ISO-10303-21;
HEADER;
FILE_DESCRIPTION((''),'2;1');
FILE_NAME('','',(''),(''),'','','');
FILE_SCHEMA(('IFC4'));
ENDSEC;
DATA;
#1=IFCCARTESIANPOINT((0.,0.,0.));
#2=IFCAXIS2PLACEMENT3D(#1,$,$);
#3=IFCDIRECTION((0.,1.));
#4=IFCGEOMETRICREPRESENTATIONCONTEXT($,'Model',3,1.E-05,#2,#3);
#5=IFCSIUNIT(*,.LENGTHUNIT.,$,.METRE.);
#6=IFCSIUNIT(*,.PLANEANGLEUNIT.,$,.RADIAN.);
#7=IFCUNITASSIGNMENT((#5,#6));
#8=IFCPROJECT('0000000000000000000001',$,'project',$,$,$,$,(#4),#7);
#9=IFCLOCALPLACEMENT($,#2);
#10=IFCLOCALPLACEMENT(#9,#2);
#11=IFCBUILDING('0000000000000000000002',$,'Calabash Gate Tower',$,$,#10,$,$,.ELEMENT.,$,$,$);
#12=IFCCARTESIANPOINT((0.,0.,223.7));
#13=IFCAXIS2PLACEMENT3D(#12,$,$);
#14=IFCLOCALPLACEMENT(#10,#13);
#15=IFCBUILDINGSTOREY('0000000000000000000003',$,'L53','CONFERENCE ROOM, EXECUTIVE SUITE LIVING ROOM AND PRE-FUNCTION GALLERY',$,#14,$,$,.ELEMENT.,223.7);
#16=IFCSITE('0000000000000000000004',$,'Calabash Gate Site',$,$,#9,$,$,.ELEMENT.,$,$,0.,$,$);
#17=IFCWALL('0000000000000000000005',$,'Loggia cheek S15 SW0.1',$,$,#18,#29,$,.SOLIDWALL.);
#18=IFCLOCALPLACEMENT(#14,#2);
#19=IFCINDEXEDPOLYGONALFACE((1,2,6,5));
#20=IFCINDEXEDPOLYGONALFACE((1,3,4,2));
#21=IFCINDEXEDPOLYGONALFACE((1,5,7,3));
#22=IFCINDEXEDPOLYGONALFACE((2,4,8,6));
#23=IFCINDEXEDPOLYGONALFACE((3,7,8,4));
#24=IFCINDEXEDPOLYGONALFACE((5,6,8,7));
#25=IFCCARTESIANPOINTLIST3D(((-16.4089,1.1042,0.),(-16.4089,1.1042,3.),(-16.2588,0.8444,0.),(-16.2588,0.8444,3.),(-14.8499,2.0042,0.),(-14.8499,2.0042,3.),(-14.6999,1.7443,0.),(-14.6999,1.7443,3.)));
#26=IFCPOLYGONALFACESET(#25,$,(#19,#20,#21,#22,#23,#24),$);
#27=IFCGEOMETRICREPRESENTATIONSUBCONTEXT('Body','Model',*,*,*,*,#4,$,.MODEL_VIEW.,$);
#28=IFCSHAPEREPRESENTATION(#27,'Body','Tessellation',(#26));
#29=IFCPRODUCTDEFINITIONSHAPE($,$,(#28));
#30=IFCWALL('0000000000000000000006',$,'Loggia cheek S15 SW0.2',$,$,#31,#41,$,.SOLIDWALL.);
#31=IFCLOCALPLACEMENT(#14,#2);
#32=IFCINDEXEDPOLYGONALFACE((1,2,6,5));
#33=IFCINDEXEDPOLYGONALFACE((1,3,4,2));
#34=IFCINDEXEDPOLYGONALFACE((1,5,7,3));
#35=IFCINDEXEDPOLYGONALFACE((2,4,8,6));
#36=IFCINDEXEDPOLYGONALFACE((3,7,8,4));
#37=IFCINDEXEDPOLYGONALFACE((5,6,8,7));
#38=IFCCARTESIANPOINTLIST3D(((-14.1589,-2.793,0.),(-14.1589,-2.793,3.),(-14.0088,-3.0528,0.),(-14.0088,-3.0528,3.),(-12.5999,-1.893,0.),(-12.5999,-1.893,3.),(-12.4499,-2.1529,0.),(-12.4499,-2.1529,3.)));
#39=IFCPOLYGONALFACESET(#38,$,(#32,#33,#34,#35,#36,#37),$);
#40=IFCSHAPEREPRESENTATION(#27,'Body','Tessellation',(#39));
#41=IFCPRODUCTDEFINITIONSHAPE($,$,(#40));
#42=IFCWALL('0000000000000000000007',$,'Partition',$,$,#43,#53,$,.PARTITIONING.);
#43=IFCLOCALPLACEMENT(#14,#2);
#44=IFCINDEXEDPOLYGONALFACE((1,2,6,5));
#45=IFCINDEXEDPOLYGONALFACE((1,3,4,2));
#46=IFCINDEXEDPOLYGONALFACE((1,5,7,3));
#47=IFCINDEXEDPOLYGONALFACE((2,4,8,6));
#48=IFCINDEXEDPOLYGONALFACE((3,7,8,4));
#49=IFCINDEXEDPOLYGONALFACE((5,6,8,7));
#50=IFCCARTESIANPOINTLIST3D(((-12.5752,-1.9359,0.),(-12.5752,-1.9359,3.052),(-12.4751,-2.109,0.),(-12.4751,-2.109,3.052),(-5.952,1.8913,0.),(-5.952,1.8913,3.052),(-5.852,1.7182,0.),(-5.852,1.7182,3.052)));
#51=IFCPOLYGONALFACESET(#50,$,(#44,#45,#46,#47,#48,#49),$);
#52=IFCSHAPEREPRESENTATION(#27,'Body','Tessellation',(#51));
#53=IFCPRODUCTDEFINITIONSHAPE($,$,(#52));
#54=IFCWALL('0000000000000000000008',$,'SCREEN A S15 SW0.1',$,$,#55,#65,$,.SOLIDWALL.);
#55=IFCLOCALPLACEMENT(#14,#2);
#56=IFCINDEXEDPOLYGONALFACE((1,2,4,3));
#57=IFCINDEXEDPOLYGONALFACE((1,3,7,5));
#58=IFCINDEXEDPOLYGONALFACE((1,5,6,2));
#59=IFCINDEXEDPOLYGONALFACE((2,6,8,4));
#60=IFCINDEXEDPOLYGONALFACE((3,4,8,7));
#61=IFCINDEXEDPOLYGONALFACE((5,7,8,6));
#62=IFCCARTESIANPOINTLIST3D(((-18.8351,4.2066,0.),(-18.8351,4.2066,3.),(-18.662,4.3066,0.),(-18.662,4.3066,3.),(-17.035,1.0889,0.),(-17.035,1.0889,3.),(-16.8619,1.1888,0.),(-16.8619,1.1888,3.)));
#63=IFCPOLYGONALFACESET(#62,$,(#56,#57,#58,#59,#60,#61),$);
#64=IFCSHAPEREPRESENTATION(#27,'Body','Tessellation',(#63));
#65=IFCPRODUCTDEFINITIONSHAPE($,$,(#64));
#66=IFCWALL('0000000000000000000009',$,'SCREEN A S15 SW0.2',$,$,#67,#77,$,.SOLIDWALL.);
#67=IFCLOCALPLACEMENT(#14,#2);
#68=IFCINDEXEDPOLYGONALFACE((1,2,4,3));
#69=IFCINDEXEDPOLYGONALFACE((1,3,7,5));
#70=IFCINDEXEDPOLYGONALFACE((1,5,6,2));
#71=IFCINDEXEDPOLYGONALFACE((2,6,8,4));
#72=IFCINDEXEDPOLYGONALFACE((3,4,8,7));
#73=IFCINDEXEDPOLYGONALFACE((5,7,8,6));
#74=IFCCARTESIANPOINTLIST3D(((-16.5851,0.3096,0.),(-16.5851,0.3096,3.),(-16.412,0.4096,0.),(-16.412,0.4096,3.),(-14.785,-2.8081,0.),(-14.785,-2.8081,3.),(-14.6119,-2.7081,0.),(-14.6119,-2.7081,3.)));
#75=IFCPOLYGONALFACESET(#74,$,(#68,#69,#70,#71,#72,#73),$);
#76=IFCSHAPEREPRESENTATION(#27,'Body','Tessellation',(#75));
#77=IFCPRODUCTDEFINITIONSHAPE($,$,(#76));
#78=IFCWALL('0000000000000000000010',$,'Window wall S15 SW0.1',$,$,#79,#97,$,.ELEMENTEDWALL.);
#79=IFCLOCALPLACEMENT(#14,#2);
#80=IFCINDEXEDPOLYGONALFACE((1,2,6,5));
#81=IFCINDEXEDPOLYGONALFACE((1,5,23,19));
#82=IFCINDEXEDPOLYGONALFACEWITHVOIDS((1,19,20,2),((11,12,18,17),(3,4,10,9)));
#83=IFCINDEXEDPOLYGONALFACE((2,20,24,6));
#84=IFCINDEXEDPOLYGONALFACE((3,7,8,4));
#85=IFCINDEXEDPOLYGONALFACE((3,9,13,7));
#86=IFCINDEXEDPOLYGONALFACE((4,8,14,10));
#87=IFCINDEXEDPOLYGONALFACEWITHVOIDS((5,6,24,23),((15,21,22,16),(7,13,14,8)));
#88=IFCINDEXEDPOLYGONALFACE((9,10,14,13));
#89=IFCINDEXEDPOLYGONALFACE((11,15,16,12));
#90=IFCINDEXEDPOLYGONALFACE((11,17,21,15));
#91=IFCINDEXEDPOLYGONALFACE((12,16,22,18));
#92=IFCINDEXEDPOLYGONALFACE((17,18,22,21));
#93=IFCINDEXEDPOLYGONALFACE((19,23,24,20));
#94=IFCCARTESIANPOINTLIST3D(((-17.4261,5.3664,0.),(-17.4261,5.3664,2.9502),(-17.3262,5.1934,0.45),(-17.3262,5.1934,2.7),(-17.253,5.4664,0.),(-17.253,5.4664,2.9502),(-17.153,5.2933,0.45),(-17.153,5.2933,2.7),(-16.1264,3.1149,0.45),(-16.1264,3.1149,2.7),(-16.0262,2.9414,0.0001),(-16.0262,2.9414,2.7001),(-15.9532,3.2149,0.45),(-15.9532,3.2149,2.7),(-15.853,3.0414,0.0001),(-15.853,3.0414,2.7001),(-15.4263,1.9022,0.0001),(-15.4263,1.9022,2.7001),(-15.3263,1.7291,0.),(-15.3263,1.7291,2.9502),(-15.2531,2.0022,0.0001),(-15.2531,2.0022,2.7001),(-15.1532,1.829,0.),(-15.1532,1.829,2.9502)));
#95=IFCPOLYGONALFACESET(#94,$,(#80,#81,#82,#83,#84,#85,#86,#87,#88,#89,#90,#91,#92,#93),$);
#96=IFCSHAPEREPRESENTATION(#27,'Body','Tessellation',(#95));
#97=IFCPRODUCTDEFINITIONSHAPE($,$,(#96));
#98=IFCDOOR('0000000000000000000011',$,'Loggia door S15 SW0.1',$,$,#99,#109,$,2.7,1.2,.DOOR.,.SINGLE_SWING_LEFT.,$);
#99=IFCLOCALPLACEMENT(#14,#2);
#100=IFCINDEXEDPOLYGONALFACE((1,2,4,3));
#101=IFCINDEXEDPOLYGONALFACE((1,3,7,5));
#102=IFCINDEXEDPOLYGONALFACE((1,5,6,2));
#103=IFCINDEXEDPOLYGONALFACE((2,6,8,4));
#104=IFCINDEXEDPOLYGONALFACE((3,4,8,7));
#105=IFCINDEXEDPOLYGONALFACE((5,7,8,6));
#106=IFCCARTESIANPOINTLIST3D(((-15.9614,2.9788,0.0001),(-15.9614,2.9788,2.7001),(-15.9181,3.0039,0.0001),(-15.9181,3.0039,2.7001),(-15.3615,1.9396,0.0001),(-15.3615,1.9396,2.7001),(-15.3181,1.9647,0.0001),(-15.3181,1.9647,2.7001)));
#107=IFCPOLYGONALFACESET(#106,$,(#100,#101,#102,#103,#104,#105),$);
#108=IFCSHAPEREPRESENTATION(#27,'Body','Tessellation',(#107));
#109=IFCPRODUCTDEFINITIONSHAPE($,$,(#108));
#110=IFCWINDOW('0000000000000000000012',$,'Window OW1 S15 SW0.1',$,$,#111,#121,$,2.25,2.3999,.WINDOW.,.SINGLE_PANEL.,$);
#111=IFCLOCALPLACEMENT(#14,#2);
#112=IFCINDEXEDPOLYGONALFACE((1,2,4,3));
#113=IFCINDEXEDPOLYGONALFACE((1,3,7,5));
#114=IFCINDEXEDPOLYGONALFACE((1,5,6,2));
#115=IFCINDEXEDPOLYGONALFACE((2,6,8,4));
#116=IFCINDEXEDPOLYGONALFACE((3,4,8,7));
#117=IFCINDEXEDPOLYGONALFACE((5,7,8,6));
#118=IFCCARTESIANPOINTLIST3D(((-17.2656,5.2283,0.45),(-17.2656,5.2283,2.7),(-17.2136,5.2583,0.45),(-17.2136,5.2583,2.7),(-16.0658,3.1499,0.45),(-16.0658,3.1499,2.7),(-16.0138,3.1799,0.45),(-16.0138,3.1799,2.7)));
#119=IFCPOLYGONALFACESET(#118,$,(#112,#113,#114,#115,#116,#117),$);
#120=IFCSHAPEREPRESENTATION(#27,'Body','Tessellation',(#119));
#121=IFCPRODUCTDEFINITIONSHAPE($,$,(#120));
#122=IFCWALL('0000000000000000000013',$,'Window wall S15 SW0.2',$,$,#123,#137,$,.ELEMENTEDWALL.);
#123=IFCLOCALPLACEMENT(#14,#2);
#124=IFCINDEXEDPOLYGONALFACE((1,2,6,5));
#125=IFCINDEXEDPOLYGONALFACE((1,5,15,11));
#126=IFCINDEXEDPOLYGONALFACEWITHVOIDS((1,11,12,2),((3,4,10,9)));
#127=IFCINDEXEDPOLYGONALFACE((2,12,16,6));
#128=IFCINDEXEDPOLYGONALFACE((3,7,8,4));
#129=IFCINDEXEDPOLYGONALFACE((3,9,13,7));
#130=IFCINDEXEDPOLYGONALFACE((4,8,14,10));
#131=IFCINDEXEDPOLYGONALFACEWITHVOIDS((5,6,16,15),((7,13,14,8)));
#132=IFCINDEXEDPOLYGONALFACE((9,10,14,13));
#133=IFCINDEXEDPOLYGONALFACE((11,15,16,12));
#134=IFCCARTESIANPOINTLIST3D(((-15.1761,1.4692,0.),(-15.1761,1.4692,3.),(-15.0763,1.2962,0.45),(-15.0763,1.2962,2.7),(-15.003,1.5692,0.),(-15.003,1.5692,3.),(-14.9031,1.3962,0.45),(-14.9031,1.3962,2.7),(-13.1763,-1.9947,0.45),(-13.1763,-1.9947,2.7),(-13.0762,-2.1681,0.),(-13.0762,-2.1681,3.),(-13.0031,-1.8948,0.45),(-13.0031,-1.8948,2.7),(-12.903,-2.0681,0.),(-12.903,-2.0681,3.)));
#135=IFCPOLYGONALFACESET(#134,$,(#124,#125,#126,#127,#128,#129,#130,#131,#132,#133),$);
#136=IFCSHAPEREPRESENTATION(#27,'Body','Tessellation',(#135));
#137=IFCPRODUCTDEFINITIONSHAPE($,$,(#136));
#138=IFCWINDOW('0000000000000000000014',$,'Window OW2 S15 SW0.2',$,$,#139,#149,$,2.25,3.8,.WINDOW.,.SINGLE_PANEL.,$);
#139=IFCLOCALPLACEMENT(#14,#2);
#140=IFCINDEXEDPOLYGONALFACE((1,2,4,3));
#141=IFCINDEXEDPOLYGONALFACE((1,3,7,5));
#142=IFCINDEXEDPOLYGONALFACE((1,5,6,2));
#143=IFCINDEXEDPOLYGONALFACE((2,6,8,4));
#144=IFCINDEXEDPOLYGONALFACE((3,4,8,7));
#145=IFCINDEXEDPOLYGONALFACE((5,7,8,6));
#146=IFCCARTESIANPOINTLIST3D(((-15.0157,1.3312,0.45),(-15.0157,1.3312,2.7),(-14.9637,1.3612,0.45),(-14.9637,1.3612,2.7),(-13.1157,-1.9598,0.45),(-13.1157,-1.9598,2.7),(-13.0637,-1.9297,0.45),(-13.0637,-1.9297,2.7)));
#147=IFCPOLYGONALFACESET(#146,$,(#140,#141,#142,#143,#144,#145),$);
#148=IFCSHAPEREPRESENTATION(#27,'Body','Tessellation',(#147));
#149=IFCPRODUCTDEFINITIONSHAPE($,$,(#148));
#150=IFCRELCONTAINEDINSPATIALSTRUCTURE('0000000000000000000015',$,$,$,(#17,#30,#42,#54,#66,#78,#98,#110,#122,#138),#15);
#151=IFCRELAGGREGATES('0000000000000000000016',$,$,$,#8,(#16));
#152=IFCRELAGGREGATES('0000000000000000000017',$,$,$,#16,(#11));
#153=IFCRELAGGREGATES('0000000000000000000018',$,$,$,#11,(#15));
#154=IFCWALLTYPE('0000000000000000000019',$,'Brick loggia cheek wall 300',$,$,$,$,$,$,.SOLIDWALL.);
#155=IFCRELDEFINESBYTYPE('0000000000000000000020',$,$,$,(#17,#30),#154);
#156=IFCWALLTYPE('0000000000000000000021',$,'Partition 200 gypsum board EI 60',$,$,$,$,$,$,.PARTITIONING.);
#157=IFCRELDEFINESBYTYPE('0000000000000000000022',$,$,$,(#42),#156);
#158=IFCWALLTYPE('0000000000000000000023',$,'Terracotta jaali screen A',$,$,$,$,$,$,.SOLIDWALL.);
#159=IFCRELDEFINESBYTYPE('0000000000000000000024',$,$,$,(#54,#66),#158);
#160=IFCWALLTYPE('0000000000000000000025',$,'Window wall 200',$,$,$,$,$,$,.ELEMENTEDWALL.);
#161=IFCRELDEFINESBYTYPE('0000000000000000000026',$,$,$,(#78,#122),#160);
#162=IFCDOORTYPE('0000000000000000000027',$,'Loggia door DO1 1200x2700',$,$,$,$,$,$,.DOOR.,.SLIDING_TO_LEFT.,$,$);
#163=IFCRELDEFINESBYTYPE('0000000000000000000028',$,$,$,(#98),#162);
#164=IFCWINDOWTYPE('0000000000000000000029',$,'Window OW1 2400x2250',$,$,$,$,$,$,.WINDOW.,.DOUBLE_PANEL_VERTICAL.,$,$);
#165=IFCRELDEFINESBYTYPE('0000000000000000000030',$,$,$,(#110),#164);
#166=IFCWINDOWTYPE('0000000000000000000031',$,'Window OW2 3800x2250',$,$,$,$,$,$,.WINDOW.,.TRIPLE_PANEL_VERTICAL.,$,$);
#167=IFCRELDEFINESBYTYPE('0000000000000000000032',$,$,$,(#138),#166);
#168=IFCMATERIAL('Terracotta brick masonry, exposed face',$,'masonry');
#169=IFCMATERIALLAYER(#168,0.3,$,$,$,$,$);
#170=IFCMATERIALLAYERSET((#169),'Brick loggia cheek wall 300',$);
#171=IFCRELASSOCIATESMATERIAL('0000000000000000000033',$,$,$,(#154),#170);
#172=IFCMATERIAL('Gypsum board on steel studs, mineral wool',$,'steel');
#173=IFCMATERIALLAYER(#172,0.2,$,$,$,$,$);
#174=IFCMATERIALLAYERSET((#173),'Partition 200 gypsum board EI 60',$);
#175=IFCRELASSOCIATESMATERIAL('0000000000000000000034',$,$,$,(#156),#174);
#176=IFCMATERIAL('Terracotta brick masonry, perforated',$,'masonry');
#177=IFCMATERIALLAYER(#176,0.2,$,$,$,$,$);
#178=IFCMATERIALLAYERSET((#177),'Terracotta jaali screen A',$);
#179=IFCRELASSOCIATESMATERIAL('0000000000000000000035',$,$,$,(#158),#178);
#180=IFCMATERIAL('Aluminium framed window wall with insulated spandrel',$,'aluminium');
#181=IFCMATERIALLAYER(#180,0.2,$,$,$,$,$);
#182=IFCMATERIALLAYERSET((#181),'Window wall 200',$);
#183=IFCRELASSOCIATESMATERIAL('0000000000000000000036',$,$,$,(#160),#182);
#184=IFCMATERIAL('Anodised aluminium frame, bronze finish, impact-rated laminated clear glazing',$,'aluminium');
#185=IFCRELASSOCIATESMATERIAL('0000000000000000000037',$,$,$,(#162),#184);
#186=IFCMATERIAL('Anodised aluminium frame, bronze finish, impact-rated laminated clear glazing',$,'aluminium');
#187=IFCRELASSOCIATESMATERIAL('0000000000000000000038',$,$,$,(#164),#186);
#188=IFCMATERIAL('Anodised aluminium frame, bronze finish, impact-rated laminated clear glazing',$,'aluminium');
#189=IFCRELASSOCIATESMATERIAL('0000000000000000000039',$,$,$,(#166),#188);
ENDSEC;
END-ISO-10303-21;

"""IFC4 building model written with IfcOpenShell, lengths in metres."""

from ifc_helpers import new_model, si_unit, direction, frame, frame_2d, origin, place, context, subcontext, project, spatial, rectangle, extrude, material, layer, layer_set, type_object, element, fill, save


model = new_model("IFC4")

# Units and contexts
model_context = context("Model", 3, precision=1e-05, world=origin(), true_north=direction((0.0, 1.0)))
body_context = subcontext(model_context, "Body", "Model", "MODEL_VIEW")
ifc_project = project(units=[si_unit("LENGTHUNIT", "METRE"), si_unit("PLANEANGLEUNIT", "RADIAN")], contexts=[model_context])

# Site, building, storey
site_placement = place(None, origin())
site = spatial("IfcSite", under=ifc_project, at=site_placement, Name="Calabash Gate Site", CompositionType="ELEMENT", RefElevation=0.0)
building_placement = place(site_placement, origin())
building = spatial("IfcBuilding", under=site, at=building_placement, Name="Calabash Gate Tower", CompositionType="ELEMENT")
storey_placement = place(building_placement, frame((0.0, 0.0, 223.7)))
storey = spatial("IfcBuildingStorey", under=building, at=storey_placement, Name="L53", Description="CONFERENCE ROOM, EXECUTIVE SUITE LIVING ROOM AND PRE-FUNCTION GALLERY", CompositionType="ELEMENT", Elevation=223.7)

# Walls
ifc_material_1 = material(Name="Terracotta brick masonry, exposed face", Category="masonry")
ifc_layer_1 = layer(ifc_material_1, 0.3)
ifc_layer_set_1 = layer_set([ifc_layer_1], Name="Brick loggia cheek wall 300")
wall_type_1 = type_object("IfcWallType", Name="Brick loggia cheek wall 300", PredefinedType="SOLIDWALL", material=ifc_layer_set_1)
for number, where, z_axis, x_axis, name in (
    (1, (-16.3337, 0.9744, 0.0), (0.0, 0.0, 1.0), (0.866048, 0.499961, 0.0), "Loggia cheek S15 SW0.1"),
    (2, (-14.0837, -2.9229, 0.0), (0.0, 0.0, 1.0), (0.866048, 0.499961, 0.0), "Loggia cheek S15 SW0.2"),
):
    element("IfcWall", number, at=place(storey_placement, frame(where, z_axis=z_axis, x_axis=x_axis)), inside=storey, type_object=wall_type_1, Name=name, PredefinedType="SOLIDWALL", context=body_context, shape_type="SweptSolid", body=[
        extrude(rectangle(XDim=1.8, YDim=0.3, at=frame_2d((0.8999, 0.0))), origin(), (0.0, 0.0, 1.0), 3.0),
    ])
ifc_material_2 = material(Name="Gypsum board on steel studs, mineral wool", Category="steel")
ifc_layer_2 = layer(ifc_material_2, 0.2)
ifc_layer_set_2 = layer_set([ifc_layer_2], Name="Partition 200 gypsum board EI 60")
wall_type_2 = type_object("IfcWallType", Name="Partition 200 gypsum board EI 60", PredefinedType="PARTITIONING", material=ifc_layer_set_2)
wall_1_placement = place(storey_placement, frame((-12.5251, -2.0225, 0.0), z_axis=(0.0, 0.0, 1.0), x_axis=(0.865837, 0.500327, 0.0)))
element("IfcWall", 3, at=wall_1_placement, inside=storey, type_object=wall_type_2, Name="Partition", PredefinedType="PARTITIONING", context=body_context, shape_type="SweptSolid", body=[
    extrude(rectangle(XDim=7.6494, YDim=0.2, at=frame_2d((3.8247, 0.0))), origin(), (0.0, 0.0, 1.0), 3.052),
])

# Walls
ifc_material_3 = material(Name="Terracotta brick masonry, perforated", Category="masonry")
ifc_layer_3 = layer(ifc_material_3, 0.2)
ifc_layer_set_3 = layer_set([ifc_layer_3], Name="Terracotta jaali screen A")
wall_type_3 = type_object("IfcWallType", Name="Terracotta jaali screen A", PredefinedType="SOLIDWALL", material=ifc_layer_set_3)
for number, where, z_axis, x_axis, name in (
    (4, (-18.7485, 4.2566, 0.0), (0.0, 0.0, 1.0), (0.500012, -0.866018, 0.0), "SCREEN A S15 SW0.1"),
    (5, (-16.4985, 0.3596, 0.0), (0.0, 0.0, 1.0), (0.500012, -0.866018, 0.0), "SCREEN A S15 SW0.2"),
):
    element("IfcWall", number, at=place(storey_placement, frame(where, z_axis=z_axis, x_axis=x_axis)), inside=storey, type_object=wall_type_3, Name=name, PredefinedType="SOLIDWALL", context=body_context, shape_type="SweptSolid", body=[
        extrude(rectangle(XDim=3.6001, YDim=0.2, at=frame_2d((1.8, 0.0))), origin(), (0.0, 0.0, 1.0), 3.0),
    ])

# Wall, openings, door, window
ifc_material_4 = material(Name="Aluminium framed window wall with insulated spandrel", Category="aluminium")
ifc_layer_4 = layer(ifc_material_4, 0.2)
ifc_layer_set_4 = layer_set([ifc_layer_4], Name="Window wall 200")
wall_type_4 = type_object("IfcWallType", Name="Window wall 200", PredefinedType="ELEMENTEDWALL", material=ifc_layer_set_4)
wall_2_placement = place(storey_placement, frame((-17.3396, 5.4165, 0.0), z_axis=(0.0, 0.0, 1.0), x_axis=(0.499959, -0.866049, 0.0)))
wall_2 = element("IfcWall", 6, at=wall_2_placement, inside=storey, type_object=wall_type_4, Name="Window wall S15 SW0.1", PredefinedType="ELEMENTEDWALL", context=body_context, shape_type="SweptSolid", body=[
    extrude(rectangle(XDim=4.2, YDim=0.2, at=frame_2d((2.1001, 0.0))), origin(), (0.0, 0.0, 1.0), 2.9502),
])
opening_1_placement = place(wall_2_placement, frame((0.2, 0.0, 0.45)))
opening_1 = element("IfcOpeningElement", 7, at=opening_1_placement, cuts=wall_2, PredefinedType="OPENING", context=body_context, shape_type="SweptSolid", body=[
    extrude(rectangle(XDim=2.3999, YDim=2.25, at=frame_2d((1.2, 1.125))), frame((0.0, 0.1099, 0.0), z_axis=(0.0, -1.0, 0.0), x_axis=(1.0, 0.0, 0.0)), (0.0, 0.0, 1.0), 0.22),
])
opening_2_placement = place(wall_2_placement, frame((2.8, 0.0, 0.0)))
opening_2 = element("IfcOpeningElement", 8, at=opening_2_placement, cuts=wall_2, PredefinedType="OPENING", context=body_context, shape_type="SweptSolid", body=[
    extrude(rectangle(XDim=1.2, YDim=2.7, at=frame_2d((0.6001, 1.3501))), frame((0.0, 0.1099, 0.0), z_axis=(0.0, -1.0, 0.0), x_axis=(1.0, 0.0, 0.0)), (0.0, 0.0, 1.0), 0.22),
])
ifc_material_5 = material(Name="Anodised aluminium frame, bronze finish, impact-rated laminated clear glazing", Category="aluminium")
door_type_1 = type_object("IfcDoorType", Name="Loggia door DO1 1200x2700", OperationType="SLIDING_TO_LEFT", PredefinedType="DOOR", material=ifc_material_5)
door_1_placement = place(opening_2_placement, origin())
door_1 = element("IfcDoor", 9, at=door_1_placement, inside=storey, type_object=door_type_1, Name="Loggia door S15 SW0.1", OperationType="SINGLE_SWING_LEFT", OverallHeight=2.7, OverallWidth=1.2, PredefinedType="DOOR", context=body_context, shape_type="SweptSolid", body=[
    extrude(rectangle(XDim=1.2, YDim=2.7, at=frame_2d((0.6001, 1.3501))), frame((0.0, 0.0249, 0.0), z_axis=(0.0, -1.0, 0.0), x_axis=(1.0, 0.0, 0.0)), (0.0, 0.0, 1.0), 0.05),
])
fill(opening_2, door_1)
ifc_material_6 = material(Name="Anodised aluminium frame, bronze finish, impact-rated laminated clear glazing", Category="aluminium")
window_type_1 = type_object("IfcWindowType", Name="Window OW1 2400x2250", PartitioningType="DOUBLE_PANEL_VERTICAL", PredefinedType="WINDOW", material=ifc_material_6)
window_1_placement = place(opening_1_placement, origin())
window_1 = element("IfcWindow", 10, at=window_1_placement, inside=storey, type_object=window_type_1, Name="Window OW1 S15 SW0.1", OverallHeight=2.25, OverallWidth=2.3999, PartitioningType="SINGLE_PANEL", PredefinedType="WINDOW", context=body_context, shape_type="SweptSolid", body=[
    extrude(rectangle(XDim=2.3999, YDim=2.25, at=frame_2d((1.2, 1.125))), frame((0.0, 0.03, 0.0), z_axis=(0.0, -1.0, 0.0), x_axis=(1.0, 0.0, 0.0)), (0.0, 0.0, 1.0), 0.0601),
])
fill(opening_1, window_1)

# Wall, opening, window
wall_3_placement = place(storey_placement, frame((-15.0896, 1.5193, 0.0), z_axis=(0.0, 0.0, 1.0), x_axis=(0.499984, -0.866035, 0.0)))
wall_3 = element("IfcWall", 11, at=wall_3_placement, inside=storey, type_object=wall_type_4, Name="Window wall S15 SW0.2", PredefinedType="ELEMENTEDWALL", context=body_context, shape_type="SweptSolid", body=[
    extrude(rectangle(XDim=4.2, YDim=0.2, at=frame_2d((2.1001, 0.0))), origin(), (0.0, 0.0, 1.0), 3.0),
])
opening_3_placement = place(wall_3_placement, frame((0.2, 0.0, 0.45)))
opening_3 = element("IfcOpeningElement", 12, at=opening_3_placement, cuts=wall_3, PredefinedType="OPENING", context=body_context, shape_type="SweptSolid", body=[
    extrude(rectangle(XDim=3.8, YDim=2.25, at=frame_2d((1.8999, 1.125))), frame((0.0, 0.1099, 0.0), z_axis=(0.0, -1.0, 0.0), x_axis=(1.0, 0.0, 0.0)), (0.0, 0.0, 1.0), 0.22),
])
ifc_material_7 = material(Name="Anodised aluminium frame, bronze finish, impact-rated laminated clear glazing", Category="aluminium")
window_type_2 = type_object("IfcWindowType", Name="Window OW2 3800x2250", PartitioningType="TRIPLE_PANEL_VERTICAL", PredefinedType="WINDOW", material=ifc_material_7)
window_2_placement = place(opening_3_placement, origin())
window_2 = element("IfcWindow", 13, at=window_2_placement, inside=storey, type_object=window_type_2, Name="Window OW2 S15 SW0.2", OverallHeight=2.25, OverallWidth=3.8, PartitioningType="SINGLE_PANEL", PredefinedType="WINDOW", context=body_context, shape_type="SweptSolid", body=[
    extrude(rectangle(XDim=3.8, YDim=2.25, at=frame_2d((1.8999, 1.125))), frame((0.0, 0.03, 0.0), z_axis=(0.0, -1.0, 0.0), x_axis=(1.0, 0.0, 0.0)), (0.0, 0.0, 1.0), 0.0601),
])
fill(opening_3, window_2)

save(model, "model.ifc")
